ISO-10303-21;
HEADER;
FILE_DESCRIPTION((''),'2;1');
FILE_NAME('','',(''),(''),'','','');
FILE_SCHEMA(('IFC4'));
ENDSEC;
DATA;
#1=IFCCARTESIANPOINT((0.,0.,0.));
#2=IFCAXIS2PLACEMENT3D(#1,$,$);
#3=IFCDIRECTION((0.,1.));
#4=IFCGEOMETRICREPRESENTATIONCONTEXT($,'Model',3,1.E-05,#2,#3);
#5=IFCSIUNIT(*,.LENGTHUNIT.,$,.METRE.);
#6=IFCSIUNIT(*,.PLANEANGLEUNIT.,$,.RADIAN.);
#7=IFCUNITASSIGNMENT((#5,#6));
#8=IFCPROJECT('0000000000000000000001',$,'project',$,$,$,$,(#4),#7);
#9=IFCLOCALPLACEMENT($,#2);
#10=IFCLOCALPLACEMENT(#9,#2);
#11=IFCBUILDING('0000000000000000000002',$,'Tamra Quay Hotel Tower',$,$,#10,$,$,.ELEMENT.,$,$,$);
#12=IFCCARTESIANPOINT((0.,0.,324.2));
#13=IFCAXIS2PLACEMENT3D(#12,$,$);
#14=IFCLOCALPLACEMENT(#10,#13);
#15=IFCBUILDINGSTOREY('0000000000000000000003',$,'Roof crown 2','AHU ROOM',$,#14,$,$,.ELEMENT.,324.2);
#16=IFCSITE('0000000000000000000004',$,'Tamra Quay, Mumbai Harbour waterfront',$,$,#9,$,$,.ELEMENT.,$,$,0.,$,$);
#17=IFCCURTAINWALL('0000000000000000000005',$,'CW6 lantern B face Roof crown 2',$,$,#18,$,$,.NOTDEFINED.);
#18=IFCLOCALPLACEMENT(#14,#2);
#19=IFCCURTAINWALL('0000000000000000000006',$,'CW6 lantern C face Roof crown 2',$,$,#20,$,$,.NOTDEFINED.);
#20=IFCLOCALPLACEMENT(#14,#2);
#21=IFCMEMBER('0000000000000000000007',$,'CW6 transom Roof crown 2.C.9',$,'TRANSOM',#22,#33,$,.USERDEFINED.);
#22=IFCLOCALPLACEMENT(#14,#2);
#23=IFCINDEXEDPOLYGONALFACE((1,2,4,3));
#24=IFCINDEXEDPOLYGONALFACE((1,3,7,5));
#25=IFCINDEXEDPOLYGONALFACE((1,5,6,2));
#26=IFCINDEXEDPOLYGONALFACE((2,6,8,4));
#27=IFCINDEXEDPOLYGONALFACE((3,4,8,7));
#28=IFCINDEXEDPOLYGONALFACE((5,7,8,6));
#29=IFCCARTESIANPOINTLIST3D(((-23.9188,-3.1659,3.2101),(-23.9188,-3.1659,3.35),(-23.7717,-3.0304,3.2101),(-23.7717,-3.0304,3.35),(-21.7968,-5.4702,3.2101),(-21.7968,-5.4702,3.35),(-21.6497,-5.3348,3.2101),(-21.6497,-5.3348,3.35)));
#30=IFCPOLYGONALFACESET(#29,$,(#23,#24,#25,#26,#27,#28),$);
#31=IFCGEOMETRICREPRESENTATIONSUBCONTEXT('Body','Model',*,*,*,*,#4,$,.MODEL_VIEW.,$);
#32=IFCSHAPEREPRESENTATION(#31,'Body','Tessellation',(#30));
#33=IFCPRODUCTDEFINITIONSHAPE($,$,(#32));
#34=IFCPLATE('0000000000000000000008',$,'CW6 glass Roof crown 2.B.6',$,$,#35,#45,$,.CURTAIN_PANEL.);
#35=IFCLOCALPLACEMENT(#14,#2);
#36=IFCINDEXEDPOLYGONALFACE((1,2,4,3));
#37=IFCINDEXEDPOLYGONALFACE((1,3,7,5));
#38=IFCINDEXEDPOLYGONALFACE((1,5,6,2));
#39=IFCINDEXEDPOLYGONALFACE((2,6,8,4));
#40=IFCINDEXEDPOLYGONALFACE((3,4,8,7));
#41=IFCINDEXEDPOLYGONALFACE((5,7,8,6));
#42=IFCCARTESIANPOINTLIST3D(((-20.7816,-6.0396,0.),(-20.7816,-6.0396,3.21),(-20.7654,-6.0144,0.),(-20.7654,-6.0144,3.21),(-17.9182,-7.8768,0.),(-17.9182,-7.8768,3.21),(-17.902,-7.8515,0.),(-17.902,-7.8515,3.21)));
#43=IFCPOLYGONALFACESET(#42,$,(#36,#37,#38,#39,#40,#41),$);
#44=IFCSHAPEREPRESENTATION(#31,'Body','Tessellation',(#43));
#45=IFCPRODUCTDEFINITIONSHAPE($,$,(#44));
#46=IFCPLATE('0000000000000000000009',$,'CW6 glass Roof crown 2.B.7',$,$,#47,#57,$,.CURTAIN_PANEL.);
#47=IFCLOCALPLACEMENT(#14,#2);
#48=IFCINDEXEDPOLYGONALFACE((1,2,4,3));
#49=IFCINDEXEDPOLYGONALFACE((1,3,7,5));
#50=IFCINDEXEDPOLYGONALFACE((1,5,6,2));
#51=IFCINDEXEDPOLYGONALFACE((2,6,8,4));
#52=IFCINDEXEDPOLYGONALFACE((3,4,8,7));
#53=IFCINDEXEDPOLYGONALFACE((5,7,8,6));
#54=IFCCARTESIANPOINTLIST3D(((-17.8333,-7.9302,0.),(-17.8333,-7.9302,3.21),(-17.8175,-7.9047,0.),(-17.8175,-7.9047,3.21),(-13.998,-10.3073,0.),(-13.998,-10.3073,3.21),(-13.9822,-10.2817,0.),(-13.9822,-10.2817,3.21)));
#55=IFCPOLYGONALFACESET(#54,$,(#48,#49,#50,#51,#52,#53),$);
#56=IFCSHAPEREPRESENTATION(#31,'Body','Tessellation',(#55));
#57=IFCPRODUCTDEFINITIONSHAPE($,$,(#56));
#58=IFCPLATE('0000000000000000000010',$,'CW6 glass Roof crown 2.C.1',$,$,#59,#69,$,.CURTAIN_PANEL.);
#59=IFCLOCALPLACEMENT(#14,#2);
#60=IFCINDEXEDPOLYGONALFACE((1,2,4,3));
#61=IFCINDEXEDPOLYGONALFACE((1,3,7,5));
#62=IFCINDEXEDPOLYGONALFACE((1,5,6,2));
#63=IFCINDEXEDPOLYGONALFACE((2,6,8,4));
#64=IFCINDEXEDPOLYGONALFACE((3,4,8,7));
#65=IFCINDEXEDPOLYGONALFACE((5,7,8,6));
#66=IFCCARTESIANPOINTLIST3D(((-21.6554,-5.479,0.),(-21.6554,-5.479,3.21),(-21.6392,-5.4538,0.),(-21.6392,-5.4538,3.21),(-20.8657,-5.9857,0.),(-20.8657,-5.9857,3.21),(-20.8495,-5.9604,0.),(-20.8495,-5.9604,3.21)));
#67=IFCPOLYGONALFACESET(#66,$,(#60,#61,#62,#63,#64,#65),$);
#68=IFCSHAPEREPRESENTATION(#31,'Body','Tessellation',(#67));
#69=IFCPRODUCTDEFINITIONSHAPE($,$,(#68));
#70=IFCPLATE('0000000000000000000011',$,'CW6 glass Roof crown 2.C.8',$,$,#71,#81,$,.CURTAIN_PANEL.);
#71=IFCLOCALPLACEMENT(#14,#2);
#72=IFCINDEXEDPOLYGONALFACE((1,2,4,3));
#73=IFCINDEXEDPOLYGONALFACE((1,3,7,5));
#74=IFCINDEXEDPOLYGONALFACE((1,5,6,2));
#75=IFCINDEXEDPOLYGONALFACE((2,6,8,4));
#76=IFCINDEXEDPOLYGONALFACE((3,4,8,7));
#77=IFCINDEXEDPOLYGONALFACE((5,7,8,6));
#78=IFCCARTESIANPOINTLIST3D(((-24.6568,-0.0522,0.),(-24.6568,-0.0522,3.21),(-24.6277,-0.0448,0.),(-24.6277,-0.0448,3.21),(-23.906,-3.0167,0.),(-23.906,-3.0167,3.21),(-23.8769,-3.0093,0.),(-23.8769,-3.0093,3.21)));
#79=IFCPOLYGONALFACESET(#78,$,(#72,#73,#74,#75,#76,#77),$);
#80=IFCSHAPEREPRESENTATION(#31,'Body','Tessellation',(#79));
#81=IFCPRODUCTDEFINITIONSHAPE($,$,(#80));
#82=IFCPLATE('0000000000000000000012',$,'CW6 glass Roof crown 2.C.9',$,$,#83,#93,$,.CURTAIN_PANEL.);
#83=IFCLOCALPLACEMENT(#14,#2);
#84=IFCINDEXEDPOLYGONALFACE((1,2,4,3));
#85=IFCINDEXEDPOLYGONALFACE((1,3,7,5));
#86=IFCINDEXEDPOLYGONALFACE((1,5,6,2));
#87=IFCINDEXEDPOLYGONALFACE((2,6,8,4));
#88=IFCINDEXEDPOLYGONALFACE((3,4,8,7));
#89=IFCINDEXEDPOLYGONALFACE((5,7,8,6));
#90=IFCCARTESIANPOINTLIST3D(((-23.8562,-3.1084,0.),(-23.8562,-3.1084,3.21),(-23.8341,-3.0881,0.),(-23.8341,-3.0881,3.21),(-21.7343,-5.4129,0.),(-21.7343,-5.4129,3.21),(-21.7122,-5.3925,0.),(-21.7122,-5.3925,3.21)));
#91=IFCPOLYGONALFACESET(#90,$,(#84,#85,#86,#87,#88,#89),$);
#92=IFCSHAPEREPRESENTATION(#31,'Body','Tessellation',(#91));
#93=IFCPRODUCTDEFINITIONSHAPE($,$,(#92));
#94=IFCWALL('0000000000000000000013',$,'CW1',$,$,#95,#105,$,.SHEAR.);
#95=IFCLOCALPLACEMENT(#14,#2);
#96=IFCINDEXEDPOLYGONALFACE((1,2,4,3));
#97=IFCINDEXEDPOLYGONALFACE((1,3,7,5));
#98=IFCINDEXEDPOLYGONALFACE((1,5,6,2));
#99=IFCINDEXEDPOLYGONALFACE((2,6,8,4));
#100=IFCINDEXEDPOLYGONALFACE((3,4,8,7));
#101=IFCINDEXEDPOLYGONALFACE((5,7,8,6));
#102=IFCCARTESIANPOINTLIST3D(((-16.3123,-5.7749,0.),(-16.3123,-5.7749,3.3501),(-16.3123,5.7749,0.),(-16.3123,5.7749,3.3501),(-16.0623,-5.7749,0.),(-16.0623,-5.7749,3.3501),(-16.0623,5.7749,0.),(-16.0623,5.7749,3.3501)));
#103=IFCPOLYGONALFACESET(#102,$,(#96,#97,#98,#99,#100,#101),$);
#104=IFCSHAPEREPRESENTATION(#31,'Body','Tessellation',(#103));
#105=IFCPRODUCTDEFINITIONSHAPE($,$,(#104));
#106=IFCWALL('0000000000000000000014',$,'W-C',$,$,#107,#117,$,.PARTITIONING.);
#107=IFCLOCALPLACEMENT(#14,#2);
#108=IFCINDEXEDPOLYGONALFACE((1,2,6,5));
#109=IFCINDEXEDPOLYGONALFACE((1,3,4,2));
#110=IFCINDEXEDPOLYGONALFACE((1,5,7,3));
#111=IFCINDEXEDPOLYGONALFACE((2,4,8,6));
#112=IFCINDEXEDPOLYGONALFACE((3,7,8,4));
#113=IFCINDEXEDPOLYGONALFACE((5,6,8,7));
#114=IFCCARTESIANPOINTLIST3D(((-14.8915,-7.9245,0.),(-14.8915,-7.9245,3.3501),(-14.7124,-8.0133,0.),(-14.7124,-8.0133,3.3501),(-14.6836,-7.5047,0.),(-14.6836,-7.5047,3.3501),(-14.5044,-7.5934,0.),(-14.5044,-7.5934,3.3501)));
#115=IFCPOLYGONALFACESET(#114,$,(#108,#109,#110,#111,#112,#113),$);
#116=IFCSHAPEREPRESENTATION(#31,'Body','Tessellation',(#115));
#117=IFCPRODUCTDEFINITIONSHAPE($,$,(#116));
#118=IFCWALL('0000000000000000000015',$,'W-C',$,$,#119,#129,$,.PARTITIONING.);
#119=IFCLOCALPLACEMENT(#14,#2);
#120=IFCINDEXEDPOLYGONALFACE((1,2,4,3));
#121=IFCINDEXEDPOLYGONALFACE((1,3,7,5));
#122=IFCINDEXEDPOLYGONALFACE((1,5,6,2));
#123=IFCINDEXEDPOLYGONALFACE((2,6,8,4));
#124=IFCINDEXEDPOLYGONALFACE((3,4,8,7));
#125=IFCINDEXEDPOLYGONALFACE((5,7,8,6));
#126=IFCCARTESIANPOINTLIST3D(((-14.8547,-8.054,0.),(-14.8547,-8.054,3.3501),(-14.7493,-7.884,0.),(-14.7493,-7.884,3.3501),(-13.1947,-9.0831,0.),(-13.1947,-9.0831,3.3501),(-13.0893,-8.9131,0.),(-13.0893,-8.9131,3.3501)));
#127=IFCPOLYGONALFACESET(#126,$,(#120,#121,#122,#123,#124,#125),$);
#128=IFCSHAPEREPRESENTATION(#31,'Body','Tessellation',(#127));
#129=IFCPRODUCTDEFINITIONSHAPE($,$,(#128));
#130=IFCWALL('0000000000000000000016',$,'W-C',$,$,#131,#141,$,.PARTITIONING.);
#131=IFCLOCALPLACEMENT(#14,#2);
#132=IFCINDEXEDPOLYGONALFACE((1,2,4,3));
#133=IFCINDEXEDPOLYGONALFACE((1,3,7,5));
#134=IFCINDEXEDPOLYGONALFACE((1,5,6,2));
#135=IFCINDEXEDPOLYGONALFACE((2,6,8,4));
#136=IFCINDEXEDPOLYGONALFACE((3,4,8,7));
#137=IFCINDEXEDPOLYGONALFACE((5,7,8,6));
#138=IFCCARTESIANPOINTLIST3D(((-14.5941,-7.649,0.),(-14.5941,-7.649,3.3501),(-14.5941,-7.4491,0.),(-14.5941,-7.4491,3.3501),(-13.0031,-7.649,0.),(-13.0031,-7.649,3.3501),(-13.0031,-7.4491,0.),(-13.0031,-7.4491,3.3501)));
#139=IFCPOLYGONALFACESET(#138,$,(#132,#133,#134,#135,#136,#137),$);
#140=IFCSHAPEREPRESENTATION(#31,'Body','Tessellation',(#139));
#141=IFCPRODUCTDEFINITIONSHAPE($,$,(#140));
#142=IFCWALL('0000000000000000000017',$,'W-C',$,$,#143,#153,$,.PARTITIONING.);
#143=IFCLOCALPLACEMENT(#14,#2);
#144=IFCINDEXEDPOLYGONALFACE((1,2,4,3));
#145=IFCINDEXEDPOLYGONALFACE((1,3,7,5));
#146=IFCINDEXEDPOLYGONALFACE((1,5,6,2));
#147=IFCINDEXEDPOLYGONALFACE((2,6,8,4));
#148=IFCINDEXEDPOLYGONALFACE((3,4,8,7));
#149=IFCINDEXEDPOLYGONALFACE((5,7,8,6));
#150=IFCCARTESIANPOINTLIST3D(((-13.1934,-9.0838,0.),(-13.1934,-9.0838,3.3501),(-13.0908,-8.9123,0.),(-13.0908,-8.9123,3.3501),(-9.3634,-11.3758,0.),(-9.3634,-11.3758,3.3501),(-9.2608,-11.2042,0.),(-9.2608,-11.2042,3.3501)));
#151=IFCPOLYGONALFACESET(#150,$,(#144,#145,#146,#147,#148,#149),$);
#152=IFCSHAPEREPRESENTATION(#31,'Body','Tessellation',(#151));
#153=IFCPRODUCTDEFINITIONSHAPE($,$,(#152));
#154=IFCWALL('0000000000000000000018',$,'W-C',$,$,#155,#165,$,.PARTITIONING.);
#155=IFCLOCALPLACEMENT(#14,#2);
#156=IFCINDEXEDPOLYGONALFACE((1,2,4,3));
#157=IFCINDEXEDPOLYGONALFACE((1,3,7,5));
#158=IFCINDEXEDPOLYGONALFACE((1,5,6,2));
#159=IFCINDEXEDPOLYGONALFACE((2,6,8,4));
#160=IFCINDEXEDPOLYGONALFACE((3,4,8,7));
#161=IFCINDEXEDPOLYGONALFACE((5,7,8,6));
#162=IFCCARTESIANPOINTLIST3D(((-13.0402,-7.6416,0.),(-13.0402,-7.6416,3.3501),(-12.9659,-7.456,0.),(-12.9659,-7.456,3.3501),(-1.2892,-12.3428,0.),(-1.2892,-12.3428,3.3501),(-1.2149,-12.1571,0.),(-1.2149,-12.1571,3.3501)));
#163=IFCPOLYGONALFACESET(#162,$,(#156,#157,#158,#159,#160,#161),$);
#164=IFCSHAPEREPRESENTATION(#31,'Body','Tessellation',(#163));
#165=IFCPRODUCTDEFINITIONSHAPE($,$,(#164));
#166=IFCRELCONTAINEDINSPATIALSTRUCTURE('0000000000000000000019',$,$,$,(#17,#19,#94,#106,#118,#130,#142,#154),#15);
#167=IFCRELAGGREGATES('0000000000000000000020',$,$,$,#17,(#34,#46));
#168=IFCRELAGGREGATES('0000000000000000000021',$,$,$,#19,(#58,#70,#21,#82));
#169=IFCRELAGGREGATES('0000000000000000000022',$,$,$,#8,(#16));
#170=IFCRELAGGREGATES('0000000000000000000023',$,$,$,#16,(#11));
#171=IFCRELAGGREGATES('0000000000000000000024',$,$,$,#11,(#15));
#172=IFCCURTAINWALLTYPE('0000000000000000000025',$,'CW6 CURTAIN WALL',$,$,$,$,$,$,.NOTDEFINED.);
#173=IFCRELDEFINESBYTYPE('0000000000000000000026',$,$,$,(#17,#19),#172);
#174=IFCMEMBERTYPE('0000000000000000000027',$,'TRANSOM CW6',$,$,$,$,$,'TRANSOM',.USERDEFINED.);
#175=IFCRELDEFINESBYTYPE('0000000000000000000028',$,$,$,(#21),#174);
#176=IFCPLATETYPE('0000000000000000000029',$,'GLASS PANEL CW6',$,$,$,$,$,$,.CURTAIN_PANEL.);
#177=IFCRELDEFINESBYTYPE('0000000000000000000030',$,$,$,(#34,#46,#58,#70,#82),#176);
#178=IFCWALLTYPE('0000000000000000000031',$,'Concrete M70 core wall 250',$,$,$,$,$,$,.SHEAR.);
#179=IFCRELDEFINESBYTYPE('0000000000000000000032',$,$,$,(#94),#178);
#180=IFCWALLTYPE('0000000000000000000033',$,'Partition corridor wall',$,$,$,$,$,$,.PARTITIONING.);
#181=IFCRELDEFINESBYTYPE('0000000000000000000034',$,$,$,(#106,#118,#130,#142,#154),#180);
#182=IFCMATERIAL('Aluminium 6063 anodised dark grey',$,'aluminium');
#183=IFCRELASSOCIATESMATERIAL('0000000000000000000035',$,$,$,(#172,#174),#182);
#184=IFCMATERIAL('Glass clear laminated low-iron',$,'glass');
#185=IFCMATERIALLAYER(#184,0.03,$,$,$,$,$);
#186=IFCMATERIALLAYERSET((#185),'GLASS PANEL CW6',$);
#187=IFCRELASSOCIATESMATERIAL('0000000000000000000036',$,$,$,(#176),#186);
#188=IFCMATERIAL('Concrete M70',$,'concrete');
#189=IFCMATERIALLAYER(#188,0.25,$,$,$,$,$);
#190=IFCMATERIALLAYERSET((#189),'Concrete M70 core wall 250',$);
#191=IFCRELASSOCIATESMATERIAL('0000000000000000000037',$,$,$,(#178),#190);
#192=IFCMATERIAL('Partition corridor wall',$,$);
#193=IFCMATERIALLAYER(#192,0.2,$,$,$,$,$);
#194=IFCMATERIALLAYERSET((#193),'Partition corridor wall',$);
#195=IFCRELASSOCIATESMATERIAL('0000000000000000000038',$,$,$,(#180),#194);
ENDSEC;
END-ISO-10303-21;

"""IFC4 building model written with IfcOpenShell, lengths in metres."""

from ifc_helpers import new_model, si_unit, direction, frame, frame_2d, origin, origin_2d, place, context, subcontext, project, spatial, rectangle, extrude, material, layer, layer_set, material_profile, profile_set, type_object, element, aggregate, save


model = new_model("IFC4")

# Units and contexts
model_context = context("Model", 3, precision=1e-05, world=origin(), true_north=direction((0.0, 1.0)))
body_context = subcontext(model_context, "Body", "Model", "MODEL_VIEW")
ifc_project = project(units=[si_unit("LENGTHUNIT", "METRE"), si_unit("PLANEANGLEUNIT", "RADIAN")], contexts=[model_context])

# Site, building, storey
site_placement = place(None, origin())
site = spatial("IfcSite", under=ifc_project, at=site_placement, Name="Tamra Quay, Mumbai Harbour waterfront", CompositionType="ELEMENT", RefElevation=0.0)
building_placement = place(site_placement, origin())
building = spatial("IfcBuilding", under=site, at=building_placement, Name="Tamra Quay Hotel Tower", CompositionType="ELEMENT")
storey_placement = place(building_placement, frame((0.0, 0.0, 324.2)))
storey = spatial("IfcBuildingStorey", under=building, at=storey_placement, Name="Roof crown 2", Description="AHU ROOM", CompositionType="ELEMENT", Elevation=324.2)

# Curtain walls
ifc_material_1 = material(Name="Aluminium 6063 anodised dark grey", Category="aluminium")
curtain_wall_type = type_object("IfcCurtainWallType", Name="CW6 CURTAIN WALL", PredefinedType="NOTDEFINED", material=ifc_material_1)
curtain_wall_1_placement = place(storey_placement, origin())
curtain_wall_1 = element("IfcCurtainWall", 1, at=curtain_wall_1_placement, inside=storey, type_object=curtain_wall_type, Name="CW6 lantern B face Roof crown 2", PredefinedType="NOTDEFINED")
curtain_wall_2_placement = place(storey_placement, origin())
curtain_wall_2 = element("IfcCurtainWall", 2, at=curtain_wall_2_placement, inside=storey, type_object=curtain_wall_type, Name="CW6 lantern C face Roof crown 2", PredefinedType="NOTDEFINED")

# Member
ifc_material_profile_1 = material_profile(ifc_material_1, rectangle(XDim=0.2, YDim=0.1399, at=origin_2d()), Name="TRANSOM 200X140")
ifc_profile_set_1 = profile_set([ifc_material_profile_1], Name="Aluminium 6063 anodised dark grey")
member_type_1 = type_object("IfcMemberType", Name="TRANSOM CW6", ElementType="TRANSOM", PredefinedType="USERDEFINED", material=ifc_profile_set_1)
member_1_placement = place(storey_placement, frame((-23.8452, -3.0981, 3.28), z_axis=(0.677399, -0.735616, 0.0), x_axis=(0.735616, 0.677399, 0.0)))
member_1 = element("IfcMember", 3, at=member_1_placement, type_object=member_type_1, Name="CW6 transom Roof crown 2.C.9", ObjectType="TRANSOM", PredefinedType="USERDEFINED", context=body_context, shape_type="SweptSolid", body=[
    extrude(rectangle(XDim=0.2, YDim=0.1399, at=origin_2d()), origin(), (0.0, 0.0, 1.0), 3.1326),
])

# Plates
ifc_material_2 = material(Name="Glass clear laminated low-iron", Category="glass")
ifc_layer_1 = layer(ifc_material_2, 0.03)
ifc_layer_set_1 = layer_set([ifc_layer_1], Name="GLASS PANEL CW6")
plate_type = type_object("IfcPlateType", Name="GLASS PANEL CW6", PredefinedType="CURTAIN_PANEL", material=ifc_layer_set_1)
plate_1_placement = place(storey_placement, frame((-19.3418, -6.9456, 0.0), z_axis=(0.0, 0.0, 1.0), x_axis=(0.841665, -0.54, 0.0)))
plate_1 = element("IfcPlate", 4, at=plate_1_placement, type_object=plate_type, Name="CW6 glass Roof crown 2.B.6", PredefinedType="CURTAIN_PANEL", context=body_context, shape_type="SweptSolid", body=[
    extrude(rectangle(XDim=3.4021, YDim=0.03, at=origin_2d()), origin(), (0.0, 0.0, 1.0), 3.21),
])
plate_2_placement = place(storey_placement, frame((-15.9077, -9.106, 0.0), z_axis=(0.0, 0.0, 1.0), x_axis=(0.849982, -0.526812, 0.0)))
plate_2 = element("IfcPlate", 5, at=plate_2_placement, type_object=plate_type, Name="CW6 glass Roof crown 2.B.7", PredefinedType="CURTAIN_PANEL", context=body_context, shape_type="SweptSolid", body=[
    extrude(rectangle(XDim=4.5122, YDim=0.03, at=origin_2d()), origin(), (0.0, 0.0, 1.0), 3.21),
])
aggregate(curtain_wall_1, [plate_1, plate_2])
plate_3_placement = place(storey_placement, frame((-21.2524, -5.7197, 0.0), z_axis=(0.0, 0.0, 1.0), x_axis=(0.841665, -0.54, 0.0)))
plate_3 = element("IfcPlate", 6, at=plate_3_placement, type_object=plate_type, Name="CW6 glass Roof crown 2.C.1", PredefinedType="CURTAIN_PANEL", context=body_context, shape_type="SweptSolid", body=[
    extrude(rectangle(XDim=0.9382, YDim=0.03, at=origin_2d()), origin(), (0.0, 0.0, 1.0), 3.21),
])
plate_4_placement = place(storey_placement, frame((-24.2668, -1.5308, 0.0), z_axis=(0.0, 0.0, 1.0), x_axis=(0.245527, -0.96939, 0.0)))
plate_4 = element("IfcPlate", 7, at=plate_4_placement, type_object=plate_type, Name="CW6 glass Roof crown 2.C.8", PredefinedType="CURTAIN_PANEL", context=body_context, shape_type="SweptSolid", body=[
    extrude(rectangle(XDim=3.0581, YDim=0.03, at=origin_2d()), origin(), (0.0, 0.0, 1.0), 3.21),
])
plate_5_placement = place(storey_placement, frame((-22.7842, -4.2505, 0.0), z_axis=(0.0, 0.0, 1.0), x_axis=(0.677376, -0.735637, 0.0)))
plate_5 = element("IfcPlate", 8, at=plate_5_placement, type_object=plate_type, Name="CW6 glass Roof crown 2.C.9", PredefinedType="CURTAIN_PANEL", context=body_context, shape_type="SweptSolid", body=[
    extrude(rectangle(XDim=3.1326, YDim=0.03, at=origin_2d()), origin(), (0.0, 0.0, 1.0), 3.21),
])
aggregate(curtain_wall_2, [plate_3, plate_4, member_1, plate_5])

# Walls
ifc_material_3 = material(Name="Concrete M70", Category="concrete")
ifc_layer_2 = layer(ifc_material_3, 0.25)
ifc_layer_set_2 = layer_set([ifc_layer_2], Name="Concrete M70 core wall 250")
wall_type_1 = type_object("IfcWallType", Name="Concrete M70 core wall 250", PredefinedType="SHEAR", material=ifc_layer_set_2)
wall_1_placement = place(storey_placement, frame((-16.1873, -5.7749, 0.0), z_axis=(0.0, 0.0, 1.0), x_axis=(0.0, 1.0, 0.0)))
element("IfcWall", 9, at=wall_1_placement, inside=storey, type_object=wall_type_1, Name="CW1", PredefinedType="SHEAR", context=body_context, shape_type="SweptSolid", body=[
    extrude(rectangle(XDim=11.5498, YDim=0.25, at=frame_2d((5.7749, 0.0))), origin(), (0.0, 0.0, 1.0), 3.3501),
])
ifc_material_4 = material(Name="Partition corridor wall")
ifc_layer_3 = layer(ifc_material_4, 0.2)
ifc_layer_set_3 = layer_set([ifc_layer_3], Name="Partition corridor wall")
wall_type_2 = type_object("IfcWallType", Name="Partition corridor wall", PredefinedType="PARTITIONING", material=ifc_layer_set_3)
wall_2_placement = place(storey_placement, frame((-14.802, -7.969, 0.0), z_axis=(0.0, 0.0, 1.0), x_axis=(0.443876, 0.896088, 0.0)))
element("IfcWall", 10, at=wall_2_placement, inside=storey, type_object=wall_type_2, Name="W-C", PredefinedType="PARTITIONING", context=body_context, shape_type="SweptSolid", body=[
    extrude(rectangle(XDim=0.4685, YDim=0.2, at=frame_2d((0.2344, 0.0))), origin(), (0.0, 0.0, 1.0), 3.3501),
])
wall_3_placement = place(storey_placement, frame((-14.802, -7.969, 0.0), z_axis=(0.0, 0.0, 1.0), x_axis=(0.849924, -0.526905, 0.0)))
element("IfcWall", 11, at=wall_3_placement, inside=storey, type_object=wall_type_2, Name="W-C", PredefinedType="PARTITIONING", context=body_context, shape_type="SweptSolid", body=[
    extrude(rectangle(XDim=1.9531, YDim=0.2, at=frame_2d((0.9766, 0.0))), origin(), (0.0, 0.0, 1.0), 3.3501),
])
wall_4_placement = place(storey_placement, frame((-14.594, -7.5491, 0.0), z_axis=(0.0, 0.0, 1.0), x_axis=(1.0, 0.0, 0.0)))
element("IfcWall", 12, at=wall_4_placement, inside=storey, type_object=wall_type_2, Name="W-C", PredefinedType="PARTITIONING", context=body_context, shape_type="SweptSolid", body=[
    extrude(rectangle(XDim=1.5911, YDim=0.2, at=frame_2d((0.7954, 0.0))), origin(), (0.0, 0.0, 1.0), 3.3501),
])
wall_5_placement = place(storey_placement, frame((-13.1421, -8.998, 0.0), z_axis=(0.0, 0.0, 1.0), x_axis=(0.858091, -0.513498, 0.0)))
element("IfcWall", 13, at=wall_5_placement, inside=storey, type_object=wall_type_2, Name="W-C", PredefinedType="PARTITIONING", context=body_context, shape_type="SweptSolid", body=[
    extrude(rectangle(XDim=4.4634, YDim=0.2, at=frame_2d((2.2317, 0.0))), origin(), (0.0, 0.0, 1.0), 3.3501),
])
wall_6_placement = place(storey_placement, frame((-13.0029, -7.5488, 0.0), z_axis=(0.0, 0.0, 1.0), x_axis=(0.928455, -0.371444, 0.0)))
element("IfcWall", 14, at=wall_6_placement, inside=storey, type_object=wall_type_2, Name="W-C", PredefinedType="PARTITIONING", context=body_context, shape_type="SweptSolid", body=[
    extrude(rectangle(XDim=12.6565, YDim=0.2, at=frame_2d((6.3281, 0.0))), origin(), (0.0, 0.0, 1.0), 3.3501),
])

save(model, "model.ifc")
